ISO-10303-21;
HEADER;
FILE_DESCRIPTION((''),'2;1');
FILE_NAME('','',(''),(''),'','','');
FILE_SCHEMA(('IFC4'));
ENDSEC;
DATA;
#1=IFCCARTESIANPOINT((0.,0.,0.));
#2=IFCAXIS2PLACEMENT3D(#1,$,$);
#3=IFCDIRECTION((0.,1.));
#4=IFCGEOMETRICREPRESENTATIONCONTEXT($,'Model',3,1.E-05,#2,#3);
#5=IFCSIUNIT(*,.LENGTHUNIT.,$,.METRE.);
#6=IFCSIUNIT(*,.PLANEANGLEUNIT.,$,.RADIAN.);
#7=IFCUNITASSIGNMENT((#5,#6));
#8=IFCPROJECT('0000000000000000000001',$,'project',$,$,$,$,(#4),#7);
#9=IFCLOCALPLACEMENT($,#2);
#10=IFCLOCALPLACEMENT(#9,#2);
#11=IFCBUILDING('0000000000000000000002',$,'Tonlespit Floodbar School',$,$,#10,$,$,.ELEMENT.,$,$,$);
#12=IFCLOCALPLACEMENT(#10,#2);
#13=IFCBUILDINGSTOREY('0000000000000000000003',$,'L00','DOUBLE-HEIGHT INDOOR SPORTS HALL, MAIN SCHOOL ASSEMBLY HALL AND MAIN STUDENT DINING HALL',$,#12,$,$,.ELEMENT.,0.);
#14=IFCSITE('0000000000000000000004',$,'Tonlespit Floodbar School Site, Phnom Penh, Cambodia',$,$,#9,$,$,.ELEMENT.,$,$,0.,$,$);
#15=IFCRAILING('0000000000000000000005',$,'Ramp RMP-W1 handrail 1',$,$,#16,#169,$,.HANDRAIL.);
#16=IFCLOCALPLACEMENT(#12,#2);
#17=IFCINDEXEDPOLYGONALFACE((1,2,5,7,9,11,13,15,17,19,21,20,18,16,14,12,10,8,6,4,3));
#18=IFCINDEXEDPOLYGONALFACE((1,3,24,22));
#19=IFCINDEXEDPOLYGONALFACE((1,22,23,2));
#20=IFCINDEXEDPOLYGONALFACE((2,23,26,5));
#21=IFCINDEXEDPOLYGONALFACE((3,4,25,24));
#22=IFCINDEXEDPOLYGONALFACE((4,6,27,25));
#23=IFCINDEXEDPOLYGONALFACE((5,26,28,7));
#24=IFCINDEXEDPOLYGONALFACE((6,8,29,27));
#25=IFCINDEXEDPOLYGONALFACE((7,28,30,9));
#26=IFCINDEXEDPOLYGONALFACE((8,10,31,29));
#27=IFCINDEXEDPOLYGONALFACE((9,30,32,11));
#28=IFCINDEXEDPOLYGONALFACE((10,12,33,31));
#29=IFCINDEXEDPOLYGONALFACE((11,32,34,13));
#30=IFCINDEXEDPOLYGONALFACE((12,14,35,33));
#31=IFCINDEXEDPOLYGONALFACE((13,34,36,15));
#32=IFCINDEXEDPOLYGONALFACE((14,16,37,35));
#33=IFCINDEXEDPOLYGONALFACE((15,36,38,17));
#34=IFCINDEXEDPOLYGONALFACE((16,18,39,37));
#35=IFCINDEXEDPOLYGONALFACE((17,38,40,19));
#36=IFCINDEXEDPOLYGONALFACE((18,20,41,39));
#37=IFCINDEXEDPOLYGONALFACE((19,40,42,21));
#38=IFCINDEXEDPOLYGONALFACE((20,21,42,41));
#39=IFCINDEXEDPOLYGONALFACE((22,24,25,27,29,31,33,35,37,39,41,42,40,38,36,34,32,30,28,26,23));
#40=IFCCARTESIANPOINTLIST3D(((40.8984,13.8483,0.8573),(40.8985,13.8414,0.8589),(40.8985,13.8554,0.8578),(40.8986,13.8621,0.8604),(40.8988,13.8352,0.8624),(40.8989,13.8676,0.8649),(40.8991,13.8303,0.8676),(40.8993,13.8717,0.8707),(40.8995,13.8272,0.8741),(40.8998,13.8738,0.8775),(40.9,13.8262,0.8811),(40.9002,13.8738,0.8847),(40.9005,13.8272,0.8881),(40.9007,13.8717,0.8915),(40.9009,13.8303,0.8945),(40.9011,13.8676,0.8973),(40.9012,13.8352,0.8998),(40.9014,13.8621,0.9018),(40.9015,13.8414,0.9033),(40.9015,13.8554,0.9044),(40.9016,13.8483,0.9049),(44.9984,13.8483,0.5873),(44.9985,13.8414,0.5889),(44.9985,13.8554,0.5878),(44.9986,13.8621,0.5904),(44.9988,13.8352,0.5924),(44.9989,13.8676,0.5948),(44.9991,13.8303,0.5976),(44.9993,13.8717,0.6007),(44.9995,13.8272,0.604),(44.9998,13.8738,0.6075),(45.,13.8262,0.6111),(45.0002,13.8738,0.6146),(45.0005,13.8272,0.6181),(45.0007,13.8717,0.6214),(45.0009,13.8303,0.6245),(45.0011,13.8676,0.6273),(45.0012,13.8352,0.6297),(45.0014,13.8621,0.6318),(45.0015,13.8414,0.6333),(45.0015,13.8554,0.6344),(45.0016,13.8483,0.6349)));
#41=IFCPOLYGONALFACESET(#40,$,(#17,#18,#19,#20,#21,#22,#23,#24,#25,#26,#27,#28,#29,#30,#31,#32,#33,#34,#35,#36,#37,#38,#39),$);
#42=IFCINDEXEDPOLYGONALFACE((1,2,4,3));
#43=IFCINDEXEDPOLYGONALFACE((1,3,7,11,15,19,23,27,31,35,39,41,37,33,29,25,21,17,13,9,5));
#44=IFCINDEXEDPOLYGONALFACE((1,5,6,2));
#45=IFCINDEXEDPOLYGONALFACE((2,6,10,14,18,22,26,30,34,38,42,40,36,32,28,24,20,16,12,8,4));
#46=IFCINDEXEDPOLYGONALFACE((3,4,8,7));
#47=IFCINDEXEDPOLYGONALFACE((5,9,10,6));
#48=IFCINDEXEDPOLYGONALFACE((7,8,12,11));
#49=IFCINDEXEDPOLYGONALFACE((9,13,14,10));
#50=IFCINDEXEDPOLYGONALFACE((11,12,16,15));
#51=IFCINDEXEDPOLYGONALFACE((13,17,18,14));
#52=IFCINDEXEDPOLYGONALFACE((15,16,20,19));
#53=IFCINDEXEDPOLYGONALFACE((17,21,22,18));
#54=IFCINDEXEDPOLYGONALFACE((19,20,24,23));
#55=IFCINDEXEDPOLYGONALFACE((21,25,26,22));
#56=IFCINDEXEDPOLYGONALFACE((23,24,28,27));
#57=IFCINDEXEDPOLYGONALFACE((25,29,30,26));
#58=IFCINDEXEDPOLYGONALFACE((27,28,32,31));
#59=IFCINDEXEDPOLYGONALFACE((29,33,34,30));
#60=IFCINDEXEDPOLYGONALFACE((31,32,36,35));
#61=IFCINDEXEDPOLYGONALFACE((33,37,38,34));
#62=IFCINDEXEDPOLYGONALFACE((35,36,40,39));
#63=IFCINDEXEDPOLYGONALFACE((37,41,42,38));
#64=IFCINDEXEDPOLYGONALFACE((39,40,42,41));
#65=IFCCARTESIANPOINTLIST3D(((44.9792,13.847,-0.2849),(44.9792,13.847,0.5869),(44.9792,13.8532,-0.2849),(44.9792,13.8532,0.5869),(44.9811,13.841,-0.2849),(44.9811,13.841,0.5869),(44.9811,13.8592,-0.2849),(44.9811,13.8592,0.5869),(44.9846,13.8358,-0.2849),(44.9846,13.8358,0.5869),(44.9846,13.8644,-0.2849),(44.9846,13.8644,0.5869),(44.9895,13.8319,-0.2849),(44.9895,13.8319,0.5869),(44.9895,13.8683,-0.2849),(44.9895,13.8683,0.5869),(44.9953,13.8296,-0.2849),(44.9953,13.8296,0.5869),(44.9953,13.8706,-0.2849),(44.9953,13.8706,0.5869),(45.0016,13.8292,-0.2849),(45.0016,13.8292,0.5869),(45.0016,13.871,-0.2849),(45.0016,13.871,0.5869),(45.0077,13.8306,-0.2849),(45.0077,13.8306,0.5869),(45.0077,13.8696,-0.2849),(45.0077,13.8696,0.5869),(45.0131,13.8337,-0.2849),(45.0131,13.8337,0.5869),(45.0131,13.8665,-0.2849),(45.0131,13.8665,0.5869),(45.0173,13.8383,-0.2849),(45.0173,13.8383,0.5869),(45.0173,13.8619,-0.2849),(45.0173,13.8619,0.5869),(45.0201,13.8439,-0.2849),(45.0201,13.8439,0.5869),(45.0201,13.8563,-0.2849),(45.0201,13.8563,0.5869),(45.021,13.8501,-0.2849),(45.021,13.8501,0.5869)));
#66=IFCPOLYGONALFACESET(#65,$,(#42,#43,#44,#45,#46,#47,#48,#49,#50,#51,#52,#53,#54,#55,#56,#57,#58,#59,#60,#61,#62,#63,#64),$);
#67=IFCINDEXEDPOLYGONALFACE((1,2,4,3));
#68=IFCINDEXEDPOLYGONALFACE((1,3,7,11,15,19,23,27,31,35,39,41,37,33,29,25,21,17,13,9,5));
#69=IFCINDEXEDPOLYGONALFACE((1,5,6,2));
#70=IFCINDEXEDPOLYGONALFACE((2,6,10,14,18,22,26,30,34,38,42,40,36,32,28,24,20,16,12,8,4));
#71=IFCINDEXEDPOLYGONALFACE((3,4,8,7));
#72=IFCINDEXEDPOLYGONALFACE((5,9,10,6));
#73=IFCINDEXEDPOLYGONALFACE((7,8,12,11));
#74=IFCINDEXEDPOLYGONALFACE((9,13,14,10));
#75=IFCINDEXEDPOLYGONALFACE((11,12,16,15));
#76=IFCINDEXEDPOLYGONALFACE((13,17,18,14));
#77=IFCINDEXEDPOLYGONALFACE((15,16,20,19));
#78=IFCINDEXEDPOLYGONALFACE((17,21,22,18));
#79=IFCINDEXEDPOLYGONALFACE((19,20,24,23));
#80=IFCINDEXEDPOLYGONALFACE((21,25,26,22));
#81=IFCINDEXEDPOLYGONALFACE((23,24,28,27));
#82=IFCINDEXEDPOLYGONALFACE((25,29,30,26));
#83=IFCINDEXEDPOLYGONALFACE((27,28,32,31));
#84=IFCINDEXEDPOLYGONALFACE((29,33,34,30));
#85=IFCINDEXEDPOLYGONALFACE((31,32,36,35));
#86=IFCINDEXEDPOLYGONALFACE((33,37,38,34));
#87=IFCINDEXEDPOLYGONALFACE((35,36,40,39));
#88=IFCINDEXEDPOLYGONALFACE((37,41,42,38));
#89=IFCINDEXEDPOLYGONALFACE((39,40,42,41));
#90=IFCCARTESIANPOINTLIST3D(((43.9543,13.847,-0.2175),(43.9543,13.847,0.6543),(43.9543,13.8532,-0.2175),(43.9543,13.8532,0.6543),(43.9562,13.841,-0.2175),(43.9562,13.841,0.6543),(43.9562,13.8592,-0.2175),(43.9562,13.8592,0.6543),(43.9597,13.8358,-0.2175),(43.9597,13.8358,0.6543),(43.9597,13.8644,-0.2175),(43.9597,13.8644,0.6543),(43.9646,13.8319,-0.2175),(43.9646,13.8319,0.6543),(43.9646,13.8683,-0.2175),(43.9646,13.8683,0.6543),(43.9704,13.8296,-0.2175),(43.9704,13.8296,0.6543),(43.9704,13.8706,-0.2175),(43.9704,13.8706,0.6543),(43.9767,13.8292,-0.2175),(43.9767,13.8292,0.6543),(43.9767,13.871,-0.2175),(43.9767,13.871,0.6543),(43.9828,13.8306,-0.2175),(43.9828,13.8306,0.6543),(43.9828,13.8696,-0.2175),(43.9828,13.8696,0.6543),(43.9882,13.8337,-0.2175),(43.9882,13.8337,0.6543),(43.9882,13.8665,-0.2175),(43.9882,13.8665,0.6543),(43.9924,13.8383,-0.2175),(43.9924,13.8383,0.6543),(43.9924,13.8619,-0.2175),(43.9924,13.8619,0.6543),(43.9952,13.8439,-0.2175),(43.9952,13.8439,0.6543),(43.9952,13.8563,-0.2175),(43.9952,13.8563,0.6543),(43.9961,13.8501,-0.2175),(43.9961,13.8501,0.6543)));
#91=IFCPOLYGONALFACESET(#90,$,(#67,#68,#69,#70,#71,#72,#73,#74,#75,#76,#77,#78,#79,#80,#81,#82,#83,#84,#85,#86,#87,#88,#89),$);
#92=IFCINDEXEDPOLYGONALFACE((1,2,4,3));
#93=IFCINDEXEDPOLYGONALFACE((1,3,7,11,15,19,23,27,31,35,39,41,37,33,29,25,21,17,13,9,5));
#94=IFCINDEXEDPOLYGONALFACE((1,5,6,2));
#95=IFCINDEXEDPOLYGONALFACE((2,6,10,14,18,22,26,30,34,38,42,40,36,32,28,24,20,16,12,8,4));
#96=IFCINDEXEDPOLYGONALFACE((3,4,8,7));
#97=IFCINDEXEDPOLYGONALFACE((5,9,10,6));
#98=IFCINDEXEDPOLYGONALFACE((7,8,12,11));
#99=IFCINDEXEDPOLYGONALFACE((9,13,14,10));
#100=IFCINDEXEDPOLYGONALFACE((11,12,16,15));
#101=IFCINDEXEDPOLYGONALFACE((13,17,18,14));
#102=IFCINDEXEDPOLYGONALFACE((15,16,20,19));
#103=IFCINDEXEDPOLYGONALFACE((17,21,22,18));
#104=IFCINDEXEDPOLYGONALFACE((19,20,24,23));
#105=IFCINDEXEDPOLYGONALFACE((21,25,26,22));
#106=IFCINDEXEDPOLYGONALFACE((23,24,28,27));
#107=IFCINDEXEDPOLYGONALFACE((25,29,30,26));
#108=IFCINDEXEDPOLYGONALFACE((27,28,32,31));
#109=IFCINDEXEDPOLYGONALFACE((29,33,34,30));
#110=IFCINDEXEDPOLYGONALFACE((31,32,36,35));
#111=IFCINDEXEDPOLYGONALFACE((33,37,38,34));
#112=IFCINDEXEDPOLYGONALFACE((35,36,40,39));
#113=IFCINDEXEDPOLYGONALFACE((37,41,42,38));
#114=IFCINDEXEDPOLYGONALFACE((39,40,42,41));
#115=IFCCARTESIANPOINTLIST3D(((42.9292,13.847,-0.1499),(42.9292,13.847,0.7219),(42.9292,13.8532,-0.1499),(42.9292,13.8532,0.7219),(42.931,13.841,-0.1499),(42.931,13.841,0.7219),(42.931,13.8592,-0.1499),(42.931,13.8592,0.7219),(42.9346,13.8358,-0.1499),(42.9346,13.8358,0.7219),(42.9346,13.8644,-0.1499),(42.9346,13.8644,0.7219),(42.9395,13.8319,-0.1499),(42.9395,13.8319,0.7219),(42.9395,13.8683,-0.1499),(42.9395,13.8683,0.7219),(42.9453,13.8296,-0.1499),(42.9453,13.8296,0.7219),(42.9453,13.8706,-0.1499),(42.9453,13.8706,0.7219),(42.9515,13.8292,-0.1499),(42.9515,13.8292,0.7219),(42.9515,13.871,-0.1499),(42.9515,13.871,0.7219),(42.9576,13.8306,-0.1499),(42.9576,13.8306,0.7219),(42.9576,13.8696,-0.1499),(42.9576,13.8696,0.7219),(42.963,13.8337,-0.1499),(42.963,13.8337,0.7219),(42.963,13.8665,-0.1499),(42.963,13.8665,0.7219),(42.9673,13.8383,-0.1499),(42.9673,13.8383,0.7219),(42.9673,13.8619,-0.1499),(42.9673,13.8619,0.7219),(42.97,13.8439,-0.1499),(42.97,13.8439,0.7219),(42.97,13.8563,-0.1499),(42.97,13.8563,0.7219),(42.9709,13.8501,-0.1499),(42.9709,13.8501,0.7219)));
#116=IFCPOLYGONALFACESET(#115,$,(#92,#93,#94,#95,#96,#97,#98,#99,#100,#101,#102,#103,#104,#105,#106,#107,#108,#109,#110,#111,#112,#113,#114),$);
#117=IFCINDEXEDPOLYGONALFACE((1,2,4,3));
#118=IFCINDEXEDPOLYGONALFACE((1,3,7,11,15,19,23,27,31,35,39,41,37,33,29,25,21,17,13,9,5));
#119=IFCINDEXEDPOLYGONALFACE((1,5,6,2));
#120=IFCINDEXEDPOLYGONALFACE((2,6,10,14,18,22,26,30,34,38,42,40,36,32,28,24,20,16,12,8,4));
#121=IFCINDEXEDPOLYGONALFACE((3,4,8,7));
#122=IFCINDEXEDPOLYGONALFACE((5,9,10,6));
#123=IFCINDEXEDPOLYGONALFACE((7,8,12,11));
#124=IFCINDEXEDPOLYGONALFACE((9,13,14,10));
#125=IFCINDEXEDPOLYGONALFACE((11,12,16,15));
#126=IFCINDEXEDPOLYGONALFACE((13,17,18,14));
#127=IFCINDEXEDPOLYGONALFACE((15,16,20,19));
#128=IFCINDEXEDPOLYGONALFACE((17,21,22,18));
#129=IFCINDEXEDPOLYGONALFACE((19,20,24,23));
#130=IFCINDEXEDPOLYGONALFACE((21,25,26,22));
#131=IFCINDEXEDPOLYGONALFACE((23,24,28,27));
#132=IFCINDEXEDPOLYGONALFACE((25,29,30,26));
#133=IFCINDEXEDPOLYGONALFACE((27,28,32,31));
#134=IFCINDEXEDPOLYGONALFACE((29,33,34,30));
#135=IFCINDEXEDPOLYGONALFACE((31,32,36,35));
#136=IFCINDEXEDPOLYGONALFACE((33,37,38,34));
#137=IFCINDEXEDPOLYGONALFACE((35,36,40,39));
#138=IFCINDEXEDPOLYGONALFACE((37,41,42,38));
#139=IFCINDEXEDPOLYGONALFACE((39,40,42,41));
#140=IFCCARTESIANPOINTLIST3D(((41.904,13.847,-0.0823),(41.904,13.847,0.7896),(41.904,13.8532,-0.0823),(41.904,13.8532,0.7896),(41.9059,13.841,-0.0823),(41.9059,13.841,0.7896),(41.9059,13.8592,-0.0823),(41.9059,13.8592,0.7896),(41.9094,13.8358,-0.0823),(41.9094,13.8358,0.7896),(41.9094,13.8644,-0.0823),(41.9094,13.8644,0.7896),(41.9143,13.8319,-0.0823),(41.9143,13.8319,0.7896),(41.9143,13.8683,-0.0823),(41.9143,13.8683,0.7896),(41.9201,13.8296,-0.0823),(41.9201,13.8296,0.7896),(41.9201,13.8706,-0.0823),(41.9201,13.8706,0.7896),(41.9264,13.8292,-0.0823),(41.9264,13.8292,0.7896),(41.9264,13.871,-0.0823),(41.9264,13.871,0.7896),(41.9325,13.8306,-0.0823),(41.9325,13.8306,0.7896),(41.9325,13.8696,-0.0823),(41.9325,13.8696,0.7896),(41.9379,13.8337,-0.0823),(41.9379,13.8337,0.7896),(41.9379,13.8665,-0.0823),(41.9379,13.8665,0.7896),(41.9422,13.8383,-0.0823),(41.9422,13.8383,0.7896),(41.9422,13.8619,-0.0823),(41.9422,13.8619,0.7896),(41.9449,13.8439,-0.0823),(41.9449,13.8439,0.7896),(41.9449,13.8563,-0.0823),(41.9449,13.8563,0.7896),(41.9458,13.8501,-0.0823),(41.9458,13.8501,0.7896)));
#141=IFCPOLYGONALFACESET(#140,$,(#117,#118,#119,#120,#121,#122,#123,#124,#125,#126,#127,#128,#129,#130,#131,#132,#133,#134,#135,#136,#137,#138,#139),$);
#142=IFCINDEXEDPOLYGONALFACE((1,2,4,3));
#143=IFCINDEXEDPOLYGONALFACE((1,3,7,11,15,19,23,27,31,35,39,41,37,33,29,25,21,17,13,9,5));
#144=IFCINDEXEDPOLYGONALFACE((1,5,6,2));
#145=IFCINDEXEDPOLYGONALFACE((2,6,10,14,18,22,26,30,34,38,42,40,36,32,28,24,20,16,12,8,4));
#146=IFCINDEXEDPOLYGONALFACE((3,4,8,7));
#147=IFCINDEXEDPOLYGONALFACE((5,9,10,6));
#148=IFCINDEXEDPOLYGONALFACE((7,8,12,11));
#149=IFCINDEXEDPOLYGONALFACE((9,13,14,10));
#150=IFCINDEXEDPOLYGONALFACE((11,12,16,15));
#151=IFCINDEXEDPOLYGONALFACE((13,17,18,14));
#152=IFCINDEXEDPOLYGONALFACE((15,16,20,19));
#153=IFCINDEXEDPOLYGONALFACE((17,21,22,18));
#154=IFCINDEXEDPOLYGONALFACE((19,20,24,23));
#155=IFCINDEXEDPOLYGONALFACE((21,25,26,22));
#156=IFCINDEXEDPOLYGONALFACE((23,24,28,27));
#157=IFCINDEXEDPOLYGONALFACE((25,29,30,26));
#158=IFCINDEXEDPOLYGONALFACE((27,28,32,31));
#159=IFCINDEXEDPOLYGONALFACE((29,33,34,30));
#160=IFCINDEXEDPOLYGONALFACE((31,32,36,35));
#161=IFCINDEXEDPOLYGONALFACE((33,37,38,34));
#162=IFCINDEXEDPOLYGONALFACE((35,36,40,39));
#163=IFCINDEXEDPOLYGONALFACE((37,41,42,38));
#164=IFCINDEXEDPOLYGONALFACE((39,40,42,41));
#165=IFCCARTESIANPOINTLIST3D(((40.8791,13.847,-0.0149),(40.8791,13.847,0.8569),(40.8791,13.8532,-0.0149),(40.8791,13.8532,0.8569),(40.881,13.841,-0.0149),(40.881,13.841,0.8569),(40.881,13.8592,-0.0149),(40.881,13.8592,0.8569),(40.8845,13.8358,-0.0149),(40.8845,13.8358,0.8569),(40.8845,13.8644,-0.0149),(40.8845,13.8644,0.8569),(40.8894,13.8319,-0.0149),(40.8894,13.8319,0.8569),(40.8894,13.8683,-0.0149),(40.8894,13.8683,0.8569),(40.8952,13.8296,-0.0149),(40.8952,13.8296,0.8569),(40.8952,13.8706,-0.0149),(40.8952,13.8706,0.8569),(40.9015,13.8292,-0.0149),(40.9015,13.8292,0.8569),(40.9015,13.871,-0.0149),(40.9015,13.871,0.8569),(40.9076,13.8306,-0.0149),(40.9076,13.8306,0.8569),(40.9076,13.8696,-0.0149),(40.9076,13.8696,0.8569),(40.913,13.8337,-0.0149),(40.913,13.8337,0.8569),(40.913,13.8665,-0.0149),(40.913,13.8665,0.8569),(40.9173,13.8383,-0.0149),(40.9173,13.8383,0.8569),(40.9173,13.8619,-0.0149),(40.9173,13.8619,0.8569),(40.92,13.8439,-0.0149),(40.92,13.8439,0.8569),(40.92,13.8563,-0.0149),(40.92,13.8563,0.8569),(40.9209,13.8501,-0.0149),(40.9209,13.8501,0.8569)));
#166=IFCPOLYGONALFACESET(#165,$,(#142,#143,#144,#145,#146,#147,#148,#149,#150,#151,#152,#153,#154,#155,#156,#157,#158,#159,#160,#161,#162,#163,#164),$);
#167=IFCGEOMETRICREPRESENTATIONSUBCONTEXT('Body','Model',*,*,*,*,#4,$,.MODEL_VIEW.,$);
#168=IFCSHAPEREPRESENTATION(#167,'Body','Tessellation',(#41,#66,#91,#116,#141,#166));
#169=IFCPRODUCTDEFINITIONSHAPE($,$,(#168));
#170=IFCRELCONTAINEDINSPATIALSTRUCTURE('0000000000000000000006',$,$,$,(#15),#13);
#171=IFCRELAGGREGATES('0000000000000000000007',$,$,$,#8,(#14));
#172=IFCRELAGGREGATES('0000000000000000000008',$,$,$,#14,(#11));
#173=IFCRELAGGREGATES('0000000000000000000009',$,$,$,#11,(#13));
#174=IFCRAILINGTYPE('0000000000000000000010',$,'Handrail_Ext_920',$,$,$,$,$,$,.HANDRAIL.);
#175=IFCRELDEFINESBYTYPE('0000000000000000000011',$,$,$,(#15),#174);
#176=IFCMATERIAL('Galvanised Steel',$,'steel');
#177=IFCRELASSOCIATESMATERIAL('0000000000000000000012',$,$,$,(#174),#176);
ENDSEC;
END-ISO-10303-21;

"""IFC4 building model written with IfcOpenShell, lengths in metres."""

from ifc_helpers import new_model, si_unit, direction, frame, origin, origin_2d, place, context, subcontext, project, spatial, circle, extrude, material, type_object, element, save


model = new_model("IFC4")

# Units and contexts
model_context = context("Model", 3, precision=1e-05, world=origin(), true_north=direction((0.0, 1.0)))
body_context = subcontext(model_context, "Body", "Model", "MODEL_VIEW")
ifc_project = project(units=[si_unit("LENGTHUNIT", "METRE"), si_unit("PLANEANGLEUNIT", "RADIAN")], contexts=[model_context])

# Site, building, storey
site_placement = place(None, origin())
site = spatial("IfcSite", under=ifc_project, at=site_placement, Name="Tonlespit Floodbar School Site, Phnom Penh, Cambodia", CompositionType="ELEMENT", RefElevation=0.0)
building_placement = place(site_placement, origin())
building = spatial("IfcBuilding", under=site, at=building_placement, Name="Tonlespit Floodbar School", CompositionType="ELEMENT")
storey_placement = place(building_placement, origin())
storey = spatial("IfcBuildingStorey", under=building, at=storey_placement, Name="L00", Description="DOUBLE-HEIGHT INDOOR SPORTS HALL, MAIN SCHOOL ASSEMBLY HALL AND MAIN STUDENT DINING HALL", CompositionType="ELEMENT", Elevation=0.0)

# Shared definitions
ifc_material_1 = material(Name="Galvanised Steel", Category="steel")

# Railing
railing_type = type_object("IfcRailingType", Name="Handrail_Ext_920", PredefinedType="HANDRAIL", material=ifc_material_1)
for number, where, name in (
    (1, (45.0, 13.8501, -0.2849), "Ramp RMP-W1 handrail 1"),
):
    element("IfcRailing", number, at=place(storey_placement, frame(where)), inside=storey, type_object=railing_type, Name=name, PredefinedType="HANDRAIL", context=body_context, shape_type="SweptSolid", body=[
        extrude(circle(Radius=0.0239, at=origin_2d()), frame((0.0, 0.0, 0.896), z_axis=(-0.997838, 0.0, 0.065715), x_axis=(0.0, -1.0, 0.0)), (0.0, 0.0, 1.0), 4.1089),
        extrude(circle(Radius=0.021, at=origin_2d()), origin(), (0.0, 0.0, 1.0), 0.8718),
        extrude(circle(Radius=0.021, at=origin_2d()), frame((-1.0249, 0.0, 0.0674)), (0.0, 0.0, 1.0), 0.8718),
        extrude(circle(Radius=0.021, at=origin_2d()), frame((-2.05, 0.0, 0.135)), (0.0, 0.0, 1.0), 0.8718),
        extrude(circle(Radius=0.021, at=origin_2d()), frame((-3.0752, 0.0, 0.2026)), (0.0, 0.0, 1.0), 0.8718),
        extrude(circle(Radius=0.021, at=origin_2d()), frame((-4.1001, 0.0, 0.27)), (0.0, 0.0, 1.0), 0.8718),
    ])

save(model, "model.ifc")
